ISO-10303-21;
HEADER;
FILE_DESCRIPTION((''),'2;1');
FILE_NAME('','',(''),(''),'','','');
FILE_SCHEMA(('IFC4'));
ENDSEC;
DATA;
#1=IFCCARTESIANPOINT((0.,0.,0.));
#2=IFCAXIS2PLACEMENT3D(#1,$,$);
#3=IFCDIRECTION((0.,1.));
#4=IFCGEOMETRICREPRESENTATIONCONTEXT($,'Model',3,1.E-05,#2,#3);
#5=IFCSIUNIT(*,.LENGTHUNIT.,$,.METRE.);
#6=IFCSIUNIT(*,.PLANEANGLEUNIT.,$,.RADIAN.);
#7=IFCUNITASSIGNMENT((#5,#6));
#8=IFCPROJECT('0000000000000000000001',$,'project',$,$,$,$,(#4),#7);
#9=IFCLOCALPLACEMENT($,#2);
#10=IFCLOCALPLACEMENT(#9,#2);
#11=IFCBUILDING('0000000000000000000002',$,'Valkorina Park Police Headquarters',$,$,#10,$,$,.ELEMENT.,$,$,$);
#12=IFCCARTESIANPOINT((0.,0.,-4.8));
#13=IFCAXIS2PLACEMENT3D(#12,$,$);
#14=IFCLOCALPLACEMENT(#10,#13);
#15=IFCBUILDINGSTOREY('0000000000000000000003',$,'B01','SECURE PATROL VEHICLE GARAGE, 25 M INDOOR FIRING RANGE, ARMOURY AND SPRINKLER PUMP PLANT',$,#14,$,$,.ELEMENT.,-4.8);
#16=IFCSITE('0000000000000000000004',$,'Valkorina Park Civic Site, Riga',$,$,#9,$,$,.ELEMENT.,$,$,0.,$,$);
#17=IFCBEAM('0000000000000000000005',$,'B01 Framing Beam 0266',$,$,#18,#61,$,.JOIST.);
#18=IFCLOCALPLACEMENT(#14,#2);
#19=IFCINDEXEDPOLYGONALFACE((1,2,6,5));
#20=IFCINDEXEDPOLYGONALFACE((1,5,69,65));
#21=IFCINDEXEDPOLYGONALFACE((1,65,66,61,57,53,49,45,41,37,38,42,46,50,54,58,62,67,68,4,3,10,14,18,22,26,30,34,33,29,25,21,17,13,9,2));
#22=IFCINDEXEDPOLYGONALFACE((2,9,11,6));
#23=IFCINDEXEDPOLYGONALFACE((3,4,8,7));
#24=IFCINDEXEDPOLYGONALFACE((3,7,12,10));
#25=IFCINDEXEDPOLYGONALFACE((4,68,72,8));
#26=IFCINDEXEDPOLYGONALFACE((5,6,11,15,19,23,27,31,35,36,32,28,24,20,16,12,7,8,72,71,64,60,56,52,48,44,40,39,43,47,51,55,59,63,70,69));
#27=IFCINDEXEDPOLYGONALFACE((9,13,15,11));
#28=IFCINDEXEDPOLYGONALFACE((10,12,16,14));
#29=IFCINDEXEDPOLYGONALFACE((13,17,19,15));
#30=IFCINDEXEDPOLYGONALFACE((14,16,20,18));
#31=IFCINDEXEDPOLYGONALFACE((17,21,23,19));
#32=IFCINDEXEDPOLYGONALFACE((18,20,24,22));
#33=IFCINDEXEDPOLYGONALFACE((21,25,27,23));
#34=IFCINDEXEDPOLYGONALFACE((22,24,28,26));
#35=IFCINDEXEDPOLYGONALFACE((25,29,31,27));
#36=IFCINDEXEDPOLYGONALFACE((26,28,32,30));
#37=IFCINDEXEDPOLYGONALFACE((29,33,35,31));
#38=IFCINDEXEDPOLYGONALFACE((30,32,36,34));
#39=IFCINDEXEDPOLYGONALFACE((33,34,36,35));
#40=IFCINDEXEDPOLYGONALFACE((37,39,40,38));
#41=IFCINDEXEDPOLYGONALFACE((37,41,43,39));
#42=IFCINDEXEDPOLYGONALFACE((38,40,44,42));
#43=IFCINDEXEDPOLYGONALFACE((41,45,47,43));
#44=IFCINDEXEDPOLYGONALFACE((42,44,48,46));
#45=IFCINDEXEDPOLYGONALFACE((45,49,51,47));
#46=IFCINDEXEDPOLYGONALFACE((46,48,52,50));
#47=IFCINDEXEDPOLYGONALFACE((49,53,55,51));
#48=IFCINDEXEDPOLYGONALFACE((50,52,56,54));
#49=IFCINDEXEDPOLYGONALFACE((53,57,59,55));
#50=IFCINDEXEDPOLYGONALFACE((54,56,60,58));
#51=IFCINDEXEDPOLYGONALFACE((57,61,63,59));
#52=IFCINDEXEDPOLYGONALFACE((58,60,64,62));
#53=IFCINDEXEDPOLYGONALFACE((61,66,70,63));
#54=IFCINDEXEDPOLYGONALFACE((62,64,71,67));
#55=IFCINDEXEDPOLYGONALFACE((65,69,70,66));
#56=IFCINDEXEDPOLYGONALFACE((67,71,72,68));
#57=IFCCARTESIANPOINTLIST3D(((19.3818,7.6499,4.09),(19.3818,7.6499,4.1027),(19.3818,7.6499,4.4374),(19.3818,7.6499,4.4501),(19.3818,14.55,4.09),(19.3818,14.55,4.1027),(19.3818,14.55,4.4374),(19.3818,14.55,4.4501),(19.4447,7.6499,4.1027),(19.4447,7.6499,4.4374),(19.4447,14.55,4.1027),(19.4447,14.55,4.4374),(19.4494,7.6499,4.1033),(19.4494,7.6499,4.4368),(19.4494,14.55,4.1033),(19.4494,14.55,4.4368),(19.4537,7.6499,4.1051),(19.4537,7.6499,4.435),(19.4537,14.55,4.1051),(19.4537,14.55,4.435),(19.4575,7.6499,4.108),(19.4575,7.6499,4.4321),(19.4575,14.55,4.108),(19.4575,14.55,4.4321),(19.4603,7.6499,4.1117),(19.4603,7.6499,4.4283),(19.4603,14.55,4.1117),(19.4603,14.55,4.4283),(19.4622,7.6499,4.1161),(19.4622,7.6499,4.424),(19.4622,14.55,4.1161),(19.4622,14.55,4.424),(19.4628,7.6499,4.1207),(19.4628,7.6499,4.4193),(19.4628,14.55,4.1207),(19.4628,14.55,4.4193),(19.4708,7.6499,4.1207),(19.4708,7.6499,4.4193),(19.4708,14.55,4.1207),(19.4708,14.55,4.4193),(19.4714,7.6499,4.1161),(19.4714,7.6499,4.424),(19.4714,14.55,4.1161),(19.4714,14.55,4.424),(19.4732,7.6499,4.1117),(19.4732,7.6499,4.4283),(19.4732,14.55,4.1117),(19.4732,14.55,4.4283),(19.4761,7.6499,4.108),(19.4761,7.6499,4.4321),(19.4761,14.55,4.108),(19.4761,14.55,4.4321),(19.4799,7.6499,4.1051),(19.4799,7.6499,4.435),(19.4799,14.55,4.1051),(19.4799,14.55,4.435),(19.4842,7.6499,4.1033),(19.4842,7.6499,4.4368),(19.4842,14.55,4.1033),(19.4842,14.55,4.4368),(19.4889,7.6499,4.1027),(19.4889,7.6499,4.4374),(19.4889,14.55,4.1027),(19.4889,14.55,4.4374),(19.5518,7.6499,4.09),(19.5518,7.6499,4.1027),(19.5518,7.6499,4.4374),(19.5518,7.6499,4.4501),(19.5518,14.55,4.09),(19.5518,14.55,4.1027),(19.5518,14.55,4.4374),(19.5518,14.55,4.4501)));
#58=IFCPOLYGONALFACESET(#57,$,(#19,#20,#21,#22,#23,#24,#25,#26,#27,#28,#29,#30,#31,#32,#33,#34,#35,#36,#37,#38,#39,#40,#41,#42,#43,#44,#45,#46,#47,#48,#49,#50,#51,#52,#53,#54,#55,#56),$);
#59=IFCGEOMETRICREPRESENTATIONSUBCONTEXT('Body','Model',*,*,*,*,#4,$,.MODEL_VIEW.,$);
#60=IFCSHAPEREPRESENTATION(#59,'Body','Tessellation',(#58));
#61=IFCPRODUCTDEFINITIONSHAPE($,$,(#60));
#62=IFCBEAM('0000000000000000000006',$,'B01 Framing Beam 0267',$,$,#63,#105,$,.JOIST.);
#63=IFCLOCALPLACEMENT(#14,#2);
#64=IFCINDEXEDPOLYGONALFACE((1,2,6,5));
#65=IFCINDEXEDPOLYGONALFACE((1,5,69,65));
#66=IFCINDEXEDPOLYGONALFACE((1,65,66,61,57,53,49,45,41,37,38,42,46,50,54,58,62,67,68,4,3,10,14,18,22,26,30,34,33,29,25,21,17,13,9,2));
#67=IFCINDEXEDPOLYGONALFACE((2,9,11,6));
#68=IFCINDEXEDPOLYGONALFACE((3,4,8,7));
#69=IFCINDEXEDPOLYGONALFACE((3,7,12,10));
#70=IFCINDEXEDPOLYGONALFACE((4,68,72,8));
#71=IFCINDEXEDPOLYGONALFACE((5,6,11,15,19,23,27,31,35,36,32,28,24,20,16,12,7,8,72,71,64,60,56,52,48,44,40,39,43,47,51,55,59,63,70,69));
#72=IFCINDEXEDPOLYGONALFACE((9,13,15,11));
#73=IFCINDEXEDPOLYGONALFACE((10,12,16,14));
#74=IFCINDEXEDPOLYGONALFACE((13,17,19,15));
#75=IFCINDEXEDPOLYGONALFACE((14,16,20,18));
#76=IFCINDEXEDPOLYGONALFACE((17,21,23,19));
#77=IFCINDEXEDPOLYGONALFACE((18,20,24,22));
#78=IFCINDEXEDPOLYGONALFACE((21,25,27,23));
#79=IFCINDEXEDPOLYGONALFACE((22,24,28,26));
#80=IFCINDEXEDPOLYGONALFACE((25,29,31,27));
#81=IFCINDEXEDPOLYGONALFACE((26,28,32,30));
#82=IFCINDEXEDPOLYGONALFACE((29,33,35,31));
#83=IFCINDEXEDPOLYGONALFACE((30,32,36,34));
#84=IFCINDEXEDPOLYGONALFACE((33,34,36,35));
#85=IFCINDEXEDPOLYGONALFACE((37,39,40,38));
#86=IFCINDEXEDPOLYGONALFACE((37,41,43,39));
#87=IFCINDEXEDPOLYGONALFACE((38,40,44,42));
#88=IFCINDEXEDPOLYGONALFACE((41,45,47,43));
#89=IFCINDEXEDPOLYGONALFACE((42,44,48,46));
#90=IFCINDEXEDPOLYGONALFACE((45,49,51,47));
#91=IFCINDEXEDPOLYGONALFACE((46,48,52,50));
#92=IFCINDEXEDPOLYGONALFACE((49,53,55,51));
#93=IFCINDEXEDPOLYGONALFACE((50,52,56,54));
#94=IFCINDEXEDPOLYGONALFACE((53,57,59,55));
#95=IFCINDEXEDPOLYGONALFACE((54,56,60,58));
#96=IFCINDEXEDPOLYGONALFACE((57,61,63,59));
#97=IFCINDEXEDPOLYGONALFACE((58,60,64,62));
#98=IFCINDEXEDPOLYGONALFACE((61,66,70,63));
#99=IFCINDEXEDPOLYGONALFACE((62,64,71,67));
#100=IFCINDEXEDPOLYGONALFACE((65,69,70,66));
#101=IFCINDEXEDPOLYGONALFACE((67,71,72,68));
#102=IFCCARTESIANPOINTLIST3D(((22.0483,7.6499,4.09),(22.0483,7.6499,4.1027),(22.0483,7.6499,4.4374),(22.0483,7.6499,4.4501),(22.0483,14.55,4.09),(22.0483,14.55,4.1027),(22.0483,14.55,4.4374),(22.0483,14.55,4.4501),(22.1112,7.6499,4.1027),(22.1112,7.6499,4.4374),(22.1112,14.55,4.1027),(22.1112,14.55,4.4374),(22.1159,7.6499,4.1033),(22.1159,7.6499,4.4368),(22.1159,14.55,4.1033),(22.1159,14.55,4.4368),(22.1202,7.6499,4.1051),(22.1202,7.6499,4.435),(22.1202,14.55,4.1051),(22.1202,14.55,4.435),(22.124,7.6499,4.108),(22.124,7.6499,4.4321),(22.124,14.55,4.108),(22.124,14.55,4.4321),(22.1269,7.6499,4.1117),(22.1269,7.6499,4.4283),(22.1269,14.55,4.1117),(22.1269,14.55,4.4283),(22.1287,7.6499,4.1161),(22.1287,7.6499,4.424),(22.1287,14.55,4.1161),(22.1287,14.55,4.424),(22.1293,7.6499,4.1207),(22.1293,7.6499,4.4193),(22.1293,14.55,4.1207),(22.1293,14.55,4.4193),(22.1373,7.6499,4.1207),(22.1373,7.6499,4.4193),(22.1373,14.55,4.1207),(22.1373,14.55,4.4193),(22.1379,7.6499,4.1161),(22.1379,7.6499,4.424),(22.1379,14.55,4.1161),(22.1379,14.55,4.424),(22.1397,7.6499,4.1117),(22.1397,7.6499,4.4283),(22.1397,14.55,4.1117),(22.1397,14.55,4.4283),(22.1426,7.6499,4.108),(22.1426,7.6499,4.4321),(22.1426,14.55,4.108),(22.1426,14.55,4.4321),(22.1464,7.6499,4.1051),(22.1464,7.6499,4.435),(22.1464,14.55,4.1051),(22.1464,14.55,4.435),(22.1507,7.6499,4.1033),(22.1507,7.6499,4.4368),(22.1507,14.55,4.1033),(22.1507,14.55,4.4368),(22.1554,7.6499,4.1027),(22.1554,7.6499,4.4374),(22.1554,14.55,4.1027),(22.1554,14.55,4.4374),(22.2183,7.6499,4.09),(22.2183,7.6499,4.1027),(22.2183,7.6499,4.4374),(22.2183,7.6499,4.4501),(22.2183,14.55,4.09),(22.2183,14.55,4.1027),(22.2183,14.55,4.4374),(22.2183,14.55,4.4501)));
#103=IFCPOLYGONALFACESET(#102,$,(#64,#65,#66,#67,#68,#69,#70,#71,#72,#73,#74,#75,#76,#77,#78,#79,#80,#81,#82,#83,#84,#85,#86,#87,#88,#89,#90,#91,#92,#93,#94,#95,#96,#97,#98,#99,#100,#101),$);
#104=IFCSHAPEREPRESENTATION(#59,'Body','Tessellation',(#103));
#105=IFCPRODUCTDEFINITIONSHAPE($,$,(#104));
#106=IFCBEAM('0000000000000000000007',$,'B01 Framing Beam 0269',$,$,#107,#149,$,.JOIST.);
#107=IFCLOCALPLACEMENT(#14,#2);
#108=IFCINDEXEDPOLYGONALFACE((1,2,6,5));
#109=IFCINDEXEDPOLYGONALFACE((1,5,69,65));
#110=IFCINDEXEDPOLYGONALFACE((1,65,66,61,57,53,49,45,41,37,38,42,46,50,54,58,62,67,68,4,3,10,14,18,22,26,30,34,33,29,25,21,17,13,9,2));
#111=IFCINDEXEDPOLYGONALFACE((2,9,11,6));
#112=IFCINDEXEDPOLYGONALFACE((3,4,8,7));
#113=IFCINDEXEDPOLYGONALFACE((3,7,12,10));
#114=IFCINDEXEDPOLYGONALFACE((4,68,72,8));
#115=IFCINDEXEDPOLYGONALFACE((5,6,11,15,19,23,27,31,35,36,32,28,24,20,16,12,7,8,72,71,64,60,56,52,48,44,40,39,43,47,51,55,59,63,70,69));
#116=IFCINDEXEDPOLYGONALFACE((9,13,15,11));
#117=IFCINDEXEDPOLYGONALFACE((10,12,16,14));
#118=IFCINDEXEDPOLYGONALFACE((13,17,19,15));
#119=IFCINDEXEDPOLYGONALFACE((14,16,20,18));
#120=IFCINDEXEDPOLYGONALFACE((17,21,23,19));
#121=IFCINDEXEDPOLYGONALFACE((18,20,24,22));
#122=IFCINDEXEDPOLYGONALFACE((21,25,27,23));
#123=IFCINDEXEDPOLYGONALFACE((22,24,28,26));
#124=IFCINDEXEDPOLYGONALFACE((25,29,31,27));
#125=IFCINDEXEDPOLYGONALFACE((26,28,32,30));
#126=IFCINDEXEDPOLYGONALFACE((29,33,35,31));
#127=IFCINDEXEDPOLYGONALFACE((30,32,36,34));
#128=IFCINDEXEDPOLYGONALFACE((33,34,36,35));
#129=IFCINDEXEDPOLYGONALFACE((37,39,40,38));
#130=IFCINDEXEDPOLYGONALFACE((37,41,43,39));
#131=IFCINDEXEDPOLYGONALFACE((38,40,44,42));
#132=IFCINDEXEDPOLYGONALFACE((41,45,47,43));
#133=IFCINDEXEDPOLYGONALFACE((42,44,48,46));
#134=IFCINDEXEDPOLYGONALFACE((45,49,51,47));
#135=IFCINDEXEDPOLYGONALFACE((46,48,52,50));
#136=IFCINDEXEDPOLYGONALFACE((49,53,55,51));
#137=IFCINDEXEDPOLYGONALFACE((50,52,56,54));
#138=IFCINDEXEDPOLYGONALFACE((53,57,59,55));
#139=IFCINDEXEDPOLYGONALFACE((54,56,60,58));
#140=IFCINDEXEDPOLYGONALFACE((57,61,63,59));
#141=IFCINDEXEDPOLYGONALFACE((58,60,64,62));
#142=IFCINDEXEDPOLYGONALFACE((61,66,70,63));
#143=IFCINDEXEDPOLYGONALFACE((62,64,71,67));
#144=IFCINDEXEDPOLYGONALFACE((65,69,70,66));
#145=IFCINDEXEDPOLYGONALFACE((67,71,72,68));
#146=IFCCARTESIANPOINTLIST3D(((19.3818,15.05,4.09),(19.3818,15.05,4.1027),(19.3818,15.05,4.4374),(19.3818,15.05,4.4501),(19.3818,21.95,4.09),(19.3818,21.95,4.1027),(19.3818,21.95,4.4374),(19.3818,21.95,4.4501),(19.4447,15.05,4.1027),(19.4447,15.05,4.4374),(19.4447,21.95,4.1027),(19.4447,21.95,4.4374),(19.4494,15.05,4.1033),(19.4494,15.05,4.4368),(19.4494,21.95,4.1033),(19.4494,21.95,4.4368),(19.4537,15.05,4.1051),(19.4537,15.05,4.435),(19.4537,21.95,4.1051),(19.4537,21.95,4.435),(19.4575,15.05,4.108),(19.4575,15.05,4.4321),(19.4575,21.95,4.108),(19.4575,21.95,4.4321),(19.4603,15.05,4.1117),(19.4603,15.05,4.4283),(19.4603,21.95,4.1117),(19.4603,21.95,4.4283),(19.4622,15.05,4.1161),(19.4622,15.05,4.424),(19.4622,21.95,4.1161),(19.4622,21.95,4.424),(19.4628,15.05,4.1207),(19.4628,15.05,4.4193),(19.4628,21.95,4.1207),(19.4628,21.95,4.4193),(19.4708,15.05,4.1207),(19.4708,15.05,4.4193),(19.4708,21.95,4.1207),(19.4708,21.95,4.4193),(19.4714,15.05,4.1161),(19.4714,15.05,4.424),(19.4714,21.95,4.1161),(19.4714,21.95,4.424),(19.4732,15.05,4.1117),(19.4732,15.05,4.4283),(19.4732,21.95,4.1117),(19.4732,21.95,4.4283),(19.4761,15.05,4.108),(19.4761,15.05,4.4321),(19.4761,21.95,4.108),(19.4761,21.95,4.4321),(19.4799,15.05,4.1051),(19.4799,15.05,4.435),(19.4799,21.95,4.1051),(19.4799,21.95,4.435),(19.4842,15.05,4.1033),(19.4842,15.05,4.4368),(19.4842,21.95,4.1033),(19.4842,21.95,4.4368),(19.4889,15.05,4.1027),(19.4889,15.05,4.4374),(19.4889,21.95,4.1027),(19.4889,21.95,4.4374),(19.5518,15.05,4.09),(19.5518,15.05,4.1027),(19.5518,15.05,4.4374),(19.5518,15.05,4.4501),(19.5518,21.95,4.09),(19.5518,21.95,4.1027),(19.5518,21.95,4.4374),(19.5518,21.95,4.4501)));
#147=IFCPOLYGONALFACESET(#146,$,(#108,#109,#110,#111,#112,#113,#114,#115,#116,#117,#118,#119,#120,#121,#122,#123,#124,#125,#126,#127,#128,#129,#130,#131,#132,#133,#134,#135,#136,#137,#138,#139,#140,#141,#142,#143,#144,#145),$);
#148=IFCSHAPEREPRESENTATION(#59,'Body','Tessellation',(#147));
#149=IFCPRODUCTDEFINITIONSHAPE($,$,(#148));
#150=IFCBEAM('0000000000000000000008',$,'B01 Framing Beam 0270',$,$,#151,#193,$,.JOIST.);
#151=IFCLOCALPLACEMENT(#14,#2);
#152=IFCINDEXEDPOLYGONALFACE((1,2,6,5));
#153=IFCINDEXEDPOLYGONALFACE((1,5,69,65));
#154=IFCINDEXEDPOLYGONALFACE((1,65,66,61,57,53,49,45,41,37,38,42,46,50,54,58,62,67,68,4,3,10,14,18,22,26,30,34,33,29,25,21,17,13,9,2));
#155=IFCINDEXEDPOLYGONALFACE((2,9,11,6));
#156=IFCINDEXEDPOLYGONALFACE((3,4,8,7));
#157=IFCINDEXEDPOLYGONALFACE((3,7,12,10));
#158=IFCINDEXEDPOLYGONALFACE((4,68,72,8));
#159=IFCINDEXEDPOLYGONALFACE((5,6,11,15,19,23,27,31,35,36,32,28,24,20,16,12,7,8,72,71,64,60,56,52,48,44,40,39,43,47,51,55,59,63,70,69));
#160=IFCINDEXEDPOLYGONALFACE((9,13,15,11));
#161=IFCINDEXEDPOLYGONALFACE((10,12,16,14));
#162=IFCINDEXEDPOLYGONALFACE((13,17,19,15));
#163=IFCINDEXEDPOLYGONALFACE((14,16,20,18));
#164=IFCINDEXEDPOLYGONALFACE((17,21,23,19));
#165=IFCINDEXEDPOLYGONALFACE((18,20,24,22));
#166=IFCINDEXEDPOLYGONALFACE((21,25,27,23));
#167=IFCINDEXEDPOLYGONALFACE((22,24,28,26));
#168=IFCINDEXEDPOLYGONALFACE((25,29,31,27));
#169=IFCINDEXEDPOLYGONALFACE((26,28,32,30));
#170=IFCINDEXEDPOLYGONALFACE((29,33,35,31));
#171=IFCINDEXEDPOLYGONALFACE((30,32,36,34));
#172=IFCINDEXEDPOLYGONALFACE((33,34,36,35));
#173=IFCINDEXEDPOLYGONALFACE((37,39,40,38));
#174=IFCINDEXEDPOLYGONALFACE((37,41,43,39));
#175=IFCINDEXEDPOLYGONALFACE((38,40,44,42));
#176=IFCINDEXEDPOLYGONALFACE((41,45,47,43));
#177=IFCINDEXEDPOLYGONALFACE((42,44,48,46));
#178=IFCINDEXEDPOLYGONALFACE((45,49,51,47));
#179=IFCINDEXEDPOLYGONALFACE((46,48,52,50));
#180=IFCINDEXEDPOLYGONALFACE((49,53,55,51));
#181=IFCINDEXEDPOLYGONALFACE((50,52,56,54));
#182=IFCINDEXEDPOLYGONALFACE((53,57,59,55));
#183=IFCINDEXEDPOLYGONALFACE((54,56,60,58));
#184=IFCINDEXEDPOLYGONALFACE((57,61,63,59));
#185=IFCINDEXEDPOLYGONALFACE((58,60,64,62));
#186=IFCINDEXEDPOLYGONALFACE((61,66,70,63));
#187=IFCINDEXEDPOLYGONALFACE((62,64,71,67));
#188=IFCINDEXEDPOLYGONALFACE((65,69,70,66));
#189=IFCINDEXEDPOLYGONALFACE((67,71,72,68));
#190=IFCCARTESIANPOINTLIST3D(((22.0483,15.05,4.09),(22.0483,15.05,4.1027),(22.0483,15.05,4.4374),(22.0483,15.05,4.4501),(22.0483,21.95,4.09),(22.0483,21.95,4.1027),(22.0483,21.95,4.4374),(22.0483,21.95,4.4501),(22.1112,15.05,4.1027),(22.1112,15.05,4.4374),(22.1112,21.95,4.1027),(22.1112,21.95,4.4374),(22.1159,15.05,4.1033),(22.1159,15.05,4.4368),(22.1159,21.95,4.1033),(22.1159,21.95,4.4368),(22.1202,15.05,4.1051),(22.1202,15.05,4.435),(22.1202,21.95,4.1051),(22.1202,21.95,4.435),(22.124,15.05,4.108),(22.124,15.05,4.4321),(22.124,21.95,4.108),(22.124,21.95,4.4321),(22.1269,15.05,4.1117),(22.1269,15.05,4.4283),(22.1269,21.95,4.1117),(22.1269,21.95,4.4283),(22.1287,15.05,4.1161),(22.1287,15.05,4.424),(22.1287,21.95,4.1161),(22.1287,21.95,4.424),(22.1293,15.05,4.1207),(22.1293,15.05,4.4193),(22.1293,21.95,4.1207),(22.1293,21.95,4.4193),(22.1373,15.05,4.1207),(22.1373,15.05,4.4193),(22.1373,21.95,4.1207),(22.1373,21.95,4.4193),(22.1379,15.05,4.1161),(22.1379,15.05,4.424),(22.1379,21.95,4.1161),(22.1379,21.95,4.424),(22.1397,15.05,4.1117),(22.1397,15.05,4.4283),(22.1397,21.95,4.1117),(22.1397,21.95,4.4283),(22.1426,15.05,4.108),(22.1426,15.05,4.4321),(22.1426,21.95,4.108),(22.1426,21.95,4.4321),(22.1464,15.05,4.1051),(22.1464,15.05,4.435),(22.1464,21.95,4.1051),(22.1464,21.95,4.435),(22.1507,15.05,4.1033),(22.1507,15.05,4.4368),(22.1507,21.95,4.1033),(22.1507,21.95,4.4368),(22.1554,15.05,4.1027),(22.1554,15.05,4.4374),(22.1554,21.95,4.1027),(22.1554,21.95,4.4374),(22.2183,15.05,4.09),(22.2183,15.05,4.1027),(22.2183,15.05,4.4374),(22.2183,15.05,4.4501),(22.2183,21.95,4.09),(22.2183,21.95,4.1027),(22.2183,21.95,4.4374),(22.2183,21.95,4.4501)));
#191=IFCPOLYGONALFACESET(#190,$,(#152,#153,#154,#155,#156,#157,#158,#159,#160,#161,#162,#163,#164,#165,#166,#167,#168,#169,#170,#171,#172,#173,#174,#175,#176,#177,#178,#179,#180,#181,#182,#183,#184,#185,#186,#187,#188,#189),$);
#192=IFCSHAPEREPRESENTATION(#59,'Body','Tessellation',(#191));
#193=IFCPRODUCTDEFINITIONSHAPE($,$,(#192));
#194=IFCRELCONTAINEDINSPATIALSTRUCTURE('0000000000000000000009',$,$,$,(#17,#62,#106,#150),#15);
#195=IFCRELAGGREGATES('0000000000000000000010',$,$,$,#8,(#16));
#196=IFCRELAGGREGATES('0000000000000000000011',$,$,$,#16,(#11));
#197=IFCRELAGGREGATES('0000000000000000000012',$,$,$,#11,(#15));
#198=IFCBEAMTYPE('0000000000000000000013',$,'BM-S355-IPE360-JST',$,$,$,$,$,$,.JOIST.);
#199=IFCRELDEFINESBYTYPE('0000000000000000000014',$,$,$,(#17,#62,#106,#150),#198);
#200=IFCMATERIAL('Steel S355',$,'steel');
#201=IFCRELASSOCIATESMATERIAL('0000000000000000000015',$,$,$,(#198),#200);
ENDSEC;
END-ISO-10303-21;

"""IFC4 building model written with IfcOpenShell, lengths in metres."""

from ifc_helpers import new_model, si_unit, direction, frame, origin, origin_2d, place, context, subcontext, project, spatial, i_section, extrude, material, material_profile, profile_set, type_object, element, save


model = new_model("IFC4")

# Units and contexts
model_context = context("Model", 3, precision=1e-05, world=origin(), true_north=direction((0.0, 1.0)))
body_context = subcontext(model_context, "Body", "Model", "MODEL_VIEW")
ifc_project = project(units=[si_unit("LENGTHUNIT", "METRE"), si_unit("PLANEANGLEUNIT", "RADIAN")], contexts=[model_context])

# Site, building, storey
site_placement = place(None, origin())
site = spatial("IfcSite", under=ifc_project, at=site_placement, Name="Valkorina Park Civic Site, Riga", CompositionType="ELEMENT", RefElevation=0.0)
building_placement = place(site_placement, origin())
building = spatial("IfcBuilding", under=site, at=building_placement, Name="Valkorina Park Police Headquarters", CompositionType="ELEMENT")
storey_placement = place(building_placement, frame((0.0, 0.0, -4.8)))
storey = spatial("IfcBuildingStorey", under=building, at=storey_placement, Name="B01", Description="SECURE PATROL VEHICLE GARAGE, 25 M INDOOR FIRING RANGE, ARMOURY AND SPRINKLER PUMP PLANT", CompositionType="ELEMENT", Elevation=-4.8)

# Beams
ifc_material_1 = material(Name="Steel S355", Category="steel")
ifc_material_profile_1 = material_profile(ifc_material_1, i_section(OverallWidth=0.1699, OverallDepth=0.3601, WebThickness=0.0081, FlangeThickness=0.0127, FilletRadius=0.0181, at=origin_2d()), Name="IPE 360")
ifc_profile_set_1 = profile_set([ifc_material_profile_1], Name="Steel S355")
beam_type_1 = type_object("IfcBeamType", Name="BM-S355-IPE360-JST", PredefinedType="JOIST", material=ifc_profile_set_1)
for number, where, z_axis, x_axis, name in (
    (1, (19.4668, 7.6499, 4.27), (0.0, 1.0, 0.0), (-1.0, 0.0, 0.0), "B01 Framing Beam 0266"),
    (2, (22.1333, 7.6499, 4.27), (0.0, 1.0, 0.0), (-1.0, 0.0, 0.0), "B01 Framing Beam 0267"),
):
    element("IfcBeam", number, at=place(storey_placement, frame(where, z_axis=z_axis, x_axis=x_axis)), inside=storey, type_object=beam_type_1, Name=name, PredefinedType="JOIST", context=body_context, shape_type="SweptSolid", body=[
        extrude(i_section(OverallWidth=0.1699, OverallDepth=0.3601, WebThickness=0.0081, FlangeThickness=0.0127, FilletRadius=0.0181, at=origin_2d()), origin(), (0.0, 0.0, 1.0), 6.9001),
    ])
for number, where, z_axis, x_axis, name in (
    (3, (19.4668, 15.05, 4.27), (0.0, 1.0, 0.0), (-1.0, 0.0, 0.0), "B01 Framing Beam 0269"),
    (4, (22.1333, 15.05, 4.27), (0.0, 1.0, 0.0), (-1.0, 0.0, 0.0), "B01 Framing Beam 0270"),
):
    element("IfcBeam", number, at=place(storey_placement, frame(where, z_axis=z_axis, x_axis=x_axis)), inside=storey, type_object=beam_type_1, Name=name, PredefinedType="JOIST", context=body_context, shape_type="SweptSolid", body=[
        extrude(i_section(OverallWidth=0.1699, OverallDepth=0.3601, WebThickness=0.0081, FlangeThickness=0.0127, FilletRadius=0.0181, at=origin_2d()), origin(), (0.0, 0.0, 1.0), 6.8999),
    ])

save(model, "model.ifc")
